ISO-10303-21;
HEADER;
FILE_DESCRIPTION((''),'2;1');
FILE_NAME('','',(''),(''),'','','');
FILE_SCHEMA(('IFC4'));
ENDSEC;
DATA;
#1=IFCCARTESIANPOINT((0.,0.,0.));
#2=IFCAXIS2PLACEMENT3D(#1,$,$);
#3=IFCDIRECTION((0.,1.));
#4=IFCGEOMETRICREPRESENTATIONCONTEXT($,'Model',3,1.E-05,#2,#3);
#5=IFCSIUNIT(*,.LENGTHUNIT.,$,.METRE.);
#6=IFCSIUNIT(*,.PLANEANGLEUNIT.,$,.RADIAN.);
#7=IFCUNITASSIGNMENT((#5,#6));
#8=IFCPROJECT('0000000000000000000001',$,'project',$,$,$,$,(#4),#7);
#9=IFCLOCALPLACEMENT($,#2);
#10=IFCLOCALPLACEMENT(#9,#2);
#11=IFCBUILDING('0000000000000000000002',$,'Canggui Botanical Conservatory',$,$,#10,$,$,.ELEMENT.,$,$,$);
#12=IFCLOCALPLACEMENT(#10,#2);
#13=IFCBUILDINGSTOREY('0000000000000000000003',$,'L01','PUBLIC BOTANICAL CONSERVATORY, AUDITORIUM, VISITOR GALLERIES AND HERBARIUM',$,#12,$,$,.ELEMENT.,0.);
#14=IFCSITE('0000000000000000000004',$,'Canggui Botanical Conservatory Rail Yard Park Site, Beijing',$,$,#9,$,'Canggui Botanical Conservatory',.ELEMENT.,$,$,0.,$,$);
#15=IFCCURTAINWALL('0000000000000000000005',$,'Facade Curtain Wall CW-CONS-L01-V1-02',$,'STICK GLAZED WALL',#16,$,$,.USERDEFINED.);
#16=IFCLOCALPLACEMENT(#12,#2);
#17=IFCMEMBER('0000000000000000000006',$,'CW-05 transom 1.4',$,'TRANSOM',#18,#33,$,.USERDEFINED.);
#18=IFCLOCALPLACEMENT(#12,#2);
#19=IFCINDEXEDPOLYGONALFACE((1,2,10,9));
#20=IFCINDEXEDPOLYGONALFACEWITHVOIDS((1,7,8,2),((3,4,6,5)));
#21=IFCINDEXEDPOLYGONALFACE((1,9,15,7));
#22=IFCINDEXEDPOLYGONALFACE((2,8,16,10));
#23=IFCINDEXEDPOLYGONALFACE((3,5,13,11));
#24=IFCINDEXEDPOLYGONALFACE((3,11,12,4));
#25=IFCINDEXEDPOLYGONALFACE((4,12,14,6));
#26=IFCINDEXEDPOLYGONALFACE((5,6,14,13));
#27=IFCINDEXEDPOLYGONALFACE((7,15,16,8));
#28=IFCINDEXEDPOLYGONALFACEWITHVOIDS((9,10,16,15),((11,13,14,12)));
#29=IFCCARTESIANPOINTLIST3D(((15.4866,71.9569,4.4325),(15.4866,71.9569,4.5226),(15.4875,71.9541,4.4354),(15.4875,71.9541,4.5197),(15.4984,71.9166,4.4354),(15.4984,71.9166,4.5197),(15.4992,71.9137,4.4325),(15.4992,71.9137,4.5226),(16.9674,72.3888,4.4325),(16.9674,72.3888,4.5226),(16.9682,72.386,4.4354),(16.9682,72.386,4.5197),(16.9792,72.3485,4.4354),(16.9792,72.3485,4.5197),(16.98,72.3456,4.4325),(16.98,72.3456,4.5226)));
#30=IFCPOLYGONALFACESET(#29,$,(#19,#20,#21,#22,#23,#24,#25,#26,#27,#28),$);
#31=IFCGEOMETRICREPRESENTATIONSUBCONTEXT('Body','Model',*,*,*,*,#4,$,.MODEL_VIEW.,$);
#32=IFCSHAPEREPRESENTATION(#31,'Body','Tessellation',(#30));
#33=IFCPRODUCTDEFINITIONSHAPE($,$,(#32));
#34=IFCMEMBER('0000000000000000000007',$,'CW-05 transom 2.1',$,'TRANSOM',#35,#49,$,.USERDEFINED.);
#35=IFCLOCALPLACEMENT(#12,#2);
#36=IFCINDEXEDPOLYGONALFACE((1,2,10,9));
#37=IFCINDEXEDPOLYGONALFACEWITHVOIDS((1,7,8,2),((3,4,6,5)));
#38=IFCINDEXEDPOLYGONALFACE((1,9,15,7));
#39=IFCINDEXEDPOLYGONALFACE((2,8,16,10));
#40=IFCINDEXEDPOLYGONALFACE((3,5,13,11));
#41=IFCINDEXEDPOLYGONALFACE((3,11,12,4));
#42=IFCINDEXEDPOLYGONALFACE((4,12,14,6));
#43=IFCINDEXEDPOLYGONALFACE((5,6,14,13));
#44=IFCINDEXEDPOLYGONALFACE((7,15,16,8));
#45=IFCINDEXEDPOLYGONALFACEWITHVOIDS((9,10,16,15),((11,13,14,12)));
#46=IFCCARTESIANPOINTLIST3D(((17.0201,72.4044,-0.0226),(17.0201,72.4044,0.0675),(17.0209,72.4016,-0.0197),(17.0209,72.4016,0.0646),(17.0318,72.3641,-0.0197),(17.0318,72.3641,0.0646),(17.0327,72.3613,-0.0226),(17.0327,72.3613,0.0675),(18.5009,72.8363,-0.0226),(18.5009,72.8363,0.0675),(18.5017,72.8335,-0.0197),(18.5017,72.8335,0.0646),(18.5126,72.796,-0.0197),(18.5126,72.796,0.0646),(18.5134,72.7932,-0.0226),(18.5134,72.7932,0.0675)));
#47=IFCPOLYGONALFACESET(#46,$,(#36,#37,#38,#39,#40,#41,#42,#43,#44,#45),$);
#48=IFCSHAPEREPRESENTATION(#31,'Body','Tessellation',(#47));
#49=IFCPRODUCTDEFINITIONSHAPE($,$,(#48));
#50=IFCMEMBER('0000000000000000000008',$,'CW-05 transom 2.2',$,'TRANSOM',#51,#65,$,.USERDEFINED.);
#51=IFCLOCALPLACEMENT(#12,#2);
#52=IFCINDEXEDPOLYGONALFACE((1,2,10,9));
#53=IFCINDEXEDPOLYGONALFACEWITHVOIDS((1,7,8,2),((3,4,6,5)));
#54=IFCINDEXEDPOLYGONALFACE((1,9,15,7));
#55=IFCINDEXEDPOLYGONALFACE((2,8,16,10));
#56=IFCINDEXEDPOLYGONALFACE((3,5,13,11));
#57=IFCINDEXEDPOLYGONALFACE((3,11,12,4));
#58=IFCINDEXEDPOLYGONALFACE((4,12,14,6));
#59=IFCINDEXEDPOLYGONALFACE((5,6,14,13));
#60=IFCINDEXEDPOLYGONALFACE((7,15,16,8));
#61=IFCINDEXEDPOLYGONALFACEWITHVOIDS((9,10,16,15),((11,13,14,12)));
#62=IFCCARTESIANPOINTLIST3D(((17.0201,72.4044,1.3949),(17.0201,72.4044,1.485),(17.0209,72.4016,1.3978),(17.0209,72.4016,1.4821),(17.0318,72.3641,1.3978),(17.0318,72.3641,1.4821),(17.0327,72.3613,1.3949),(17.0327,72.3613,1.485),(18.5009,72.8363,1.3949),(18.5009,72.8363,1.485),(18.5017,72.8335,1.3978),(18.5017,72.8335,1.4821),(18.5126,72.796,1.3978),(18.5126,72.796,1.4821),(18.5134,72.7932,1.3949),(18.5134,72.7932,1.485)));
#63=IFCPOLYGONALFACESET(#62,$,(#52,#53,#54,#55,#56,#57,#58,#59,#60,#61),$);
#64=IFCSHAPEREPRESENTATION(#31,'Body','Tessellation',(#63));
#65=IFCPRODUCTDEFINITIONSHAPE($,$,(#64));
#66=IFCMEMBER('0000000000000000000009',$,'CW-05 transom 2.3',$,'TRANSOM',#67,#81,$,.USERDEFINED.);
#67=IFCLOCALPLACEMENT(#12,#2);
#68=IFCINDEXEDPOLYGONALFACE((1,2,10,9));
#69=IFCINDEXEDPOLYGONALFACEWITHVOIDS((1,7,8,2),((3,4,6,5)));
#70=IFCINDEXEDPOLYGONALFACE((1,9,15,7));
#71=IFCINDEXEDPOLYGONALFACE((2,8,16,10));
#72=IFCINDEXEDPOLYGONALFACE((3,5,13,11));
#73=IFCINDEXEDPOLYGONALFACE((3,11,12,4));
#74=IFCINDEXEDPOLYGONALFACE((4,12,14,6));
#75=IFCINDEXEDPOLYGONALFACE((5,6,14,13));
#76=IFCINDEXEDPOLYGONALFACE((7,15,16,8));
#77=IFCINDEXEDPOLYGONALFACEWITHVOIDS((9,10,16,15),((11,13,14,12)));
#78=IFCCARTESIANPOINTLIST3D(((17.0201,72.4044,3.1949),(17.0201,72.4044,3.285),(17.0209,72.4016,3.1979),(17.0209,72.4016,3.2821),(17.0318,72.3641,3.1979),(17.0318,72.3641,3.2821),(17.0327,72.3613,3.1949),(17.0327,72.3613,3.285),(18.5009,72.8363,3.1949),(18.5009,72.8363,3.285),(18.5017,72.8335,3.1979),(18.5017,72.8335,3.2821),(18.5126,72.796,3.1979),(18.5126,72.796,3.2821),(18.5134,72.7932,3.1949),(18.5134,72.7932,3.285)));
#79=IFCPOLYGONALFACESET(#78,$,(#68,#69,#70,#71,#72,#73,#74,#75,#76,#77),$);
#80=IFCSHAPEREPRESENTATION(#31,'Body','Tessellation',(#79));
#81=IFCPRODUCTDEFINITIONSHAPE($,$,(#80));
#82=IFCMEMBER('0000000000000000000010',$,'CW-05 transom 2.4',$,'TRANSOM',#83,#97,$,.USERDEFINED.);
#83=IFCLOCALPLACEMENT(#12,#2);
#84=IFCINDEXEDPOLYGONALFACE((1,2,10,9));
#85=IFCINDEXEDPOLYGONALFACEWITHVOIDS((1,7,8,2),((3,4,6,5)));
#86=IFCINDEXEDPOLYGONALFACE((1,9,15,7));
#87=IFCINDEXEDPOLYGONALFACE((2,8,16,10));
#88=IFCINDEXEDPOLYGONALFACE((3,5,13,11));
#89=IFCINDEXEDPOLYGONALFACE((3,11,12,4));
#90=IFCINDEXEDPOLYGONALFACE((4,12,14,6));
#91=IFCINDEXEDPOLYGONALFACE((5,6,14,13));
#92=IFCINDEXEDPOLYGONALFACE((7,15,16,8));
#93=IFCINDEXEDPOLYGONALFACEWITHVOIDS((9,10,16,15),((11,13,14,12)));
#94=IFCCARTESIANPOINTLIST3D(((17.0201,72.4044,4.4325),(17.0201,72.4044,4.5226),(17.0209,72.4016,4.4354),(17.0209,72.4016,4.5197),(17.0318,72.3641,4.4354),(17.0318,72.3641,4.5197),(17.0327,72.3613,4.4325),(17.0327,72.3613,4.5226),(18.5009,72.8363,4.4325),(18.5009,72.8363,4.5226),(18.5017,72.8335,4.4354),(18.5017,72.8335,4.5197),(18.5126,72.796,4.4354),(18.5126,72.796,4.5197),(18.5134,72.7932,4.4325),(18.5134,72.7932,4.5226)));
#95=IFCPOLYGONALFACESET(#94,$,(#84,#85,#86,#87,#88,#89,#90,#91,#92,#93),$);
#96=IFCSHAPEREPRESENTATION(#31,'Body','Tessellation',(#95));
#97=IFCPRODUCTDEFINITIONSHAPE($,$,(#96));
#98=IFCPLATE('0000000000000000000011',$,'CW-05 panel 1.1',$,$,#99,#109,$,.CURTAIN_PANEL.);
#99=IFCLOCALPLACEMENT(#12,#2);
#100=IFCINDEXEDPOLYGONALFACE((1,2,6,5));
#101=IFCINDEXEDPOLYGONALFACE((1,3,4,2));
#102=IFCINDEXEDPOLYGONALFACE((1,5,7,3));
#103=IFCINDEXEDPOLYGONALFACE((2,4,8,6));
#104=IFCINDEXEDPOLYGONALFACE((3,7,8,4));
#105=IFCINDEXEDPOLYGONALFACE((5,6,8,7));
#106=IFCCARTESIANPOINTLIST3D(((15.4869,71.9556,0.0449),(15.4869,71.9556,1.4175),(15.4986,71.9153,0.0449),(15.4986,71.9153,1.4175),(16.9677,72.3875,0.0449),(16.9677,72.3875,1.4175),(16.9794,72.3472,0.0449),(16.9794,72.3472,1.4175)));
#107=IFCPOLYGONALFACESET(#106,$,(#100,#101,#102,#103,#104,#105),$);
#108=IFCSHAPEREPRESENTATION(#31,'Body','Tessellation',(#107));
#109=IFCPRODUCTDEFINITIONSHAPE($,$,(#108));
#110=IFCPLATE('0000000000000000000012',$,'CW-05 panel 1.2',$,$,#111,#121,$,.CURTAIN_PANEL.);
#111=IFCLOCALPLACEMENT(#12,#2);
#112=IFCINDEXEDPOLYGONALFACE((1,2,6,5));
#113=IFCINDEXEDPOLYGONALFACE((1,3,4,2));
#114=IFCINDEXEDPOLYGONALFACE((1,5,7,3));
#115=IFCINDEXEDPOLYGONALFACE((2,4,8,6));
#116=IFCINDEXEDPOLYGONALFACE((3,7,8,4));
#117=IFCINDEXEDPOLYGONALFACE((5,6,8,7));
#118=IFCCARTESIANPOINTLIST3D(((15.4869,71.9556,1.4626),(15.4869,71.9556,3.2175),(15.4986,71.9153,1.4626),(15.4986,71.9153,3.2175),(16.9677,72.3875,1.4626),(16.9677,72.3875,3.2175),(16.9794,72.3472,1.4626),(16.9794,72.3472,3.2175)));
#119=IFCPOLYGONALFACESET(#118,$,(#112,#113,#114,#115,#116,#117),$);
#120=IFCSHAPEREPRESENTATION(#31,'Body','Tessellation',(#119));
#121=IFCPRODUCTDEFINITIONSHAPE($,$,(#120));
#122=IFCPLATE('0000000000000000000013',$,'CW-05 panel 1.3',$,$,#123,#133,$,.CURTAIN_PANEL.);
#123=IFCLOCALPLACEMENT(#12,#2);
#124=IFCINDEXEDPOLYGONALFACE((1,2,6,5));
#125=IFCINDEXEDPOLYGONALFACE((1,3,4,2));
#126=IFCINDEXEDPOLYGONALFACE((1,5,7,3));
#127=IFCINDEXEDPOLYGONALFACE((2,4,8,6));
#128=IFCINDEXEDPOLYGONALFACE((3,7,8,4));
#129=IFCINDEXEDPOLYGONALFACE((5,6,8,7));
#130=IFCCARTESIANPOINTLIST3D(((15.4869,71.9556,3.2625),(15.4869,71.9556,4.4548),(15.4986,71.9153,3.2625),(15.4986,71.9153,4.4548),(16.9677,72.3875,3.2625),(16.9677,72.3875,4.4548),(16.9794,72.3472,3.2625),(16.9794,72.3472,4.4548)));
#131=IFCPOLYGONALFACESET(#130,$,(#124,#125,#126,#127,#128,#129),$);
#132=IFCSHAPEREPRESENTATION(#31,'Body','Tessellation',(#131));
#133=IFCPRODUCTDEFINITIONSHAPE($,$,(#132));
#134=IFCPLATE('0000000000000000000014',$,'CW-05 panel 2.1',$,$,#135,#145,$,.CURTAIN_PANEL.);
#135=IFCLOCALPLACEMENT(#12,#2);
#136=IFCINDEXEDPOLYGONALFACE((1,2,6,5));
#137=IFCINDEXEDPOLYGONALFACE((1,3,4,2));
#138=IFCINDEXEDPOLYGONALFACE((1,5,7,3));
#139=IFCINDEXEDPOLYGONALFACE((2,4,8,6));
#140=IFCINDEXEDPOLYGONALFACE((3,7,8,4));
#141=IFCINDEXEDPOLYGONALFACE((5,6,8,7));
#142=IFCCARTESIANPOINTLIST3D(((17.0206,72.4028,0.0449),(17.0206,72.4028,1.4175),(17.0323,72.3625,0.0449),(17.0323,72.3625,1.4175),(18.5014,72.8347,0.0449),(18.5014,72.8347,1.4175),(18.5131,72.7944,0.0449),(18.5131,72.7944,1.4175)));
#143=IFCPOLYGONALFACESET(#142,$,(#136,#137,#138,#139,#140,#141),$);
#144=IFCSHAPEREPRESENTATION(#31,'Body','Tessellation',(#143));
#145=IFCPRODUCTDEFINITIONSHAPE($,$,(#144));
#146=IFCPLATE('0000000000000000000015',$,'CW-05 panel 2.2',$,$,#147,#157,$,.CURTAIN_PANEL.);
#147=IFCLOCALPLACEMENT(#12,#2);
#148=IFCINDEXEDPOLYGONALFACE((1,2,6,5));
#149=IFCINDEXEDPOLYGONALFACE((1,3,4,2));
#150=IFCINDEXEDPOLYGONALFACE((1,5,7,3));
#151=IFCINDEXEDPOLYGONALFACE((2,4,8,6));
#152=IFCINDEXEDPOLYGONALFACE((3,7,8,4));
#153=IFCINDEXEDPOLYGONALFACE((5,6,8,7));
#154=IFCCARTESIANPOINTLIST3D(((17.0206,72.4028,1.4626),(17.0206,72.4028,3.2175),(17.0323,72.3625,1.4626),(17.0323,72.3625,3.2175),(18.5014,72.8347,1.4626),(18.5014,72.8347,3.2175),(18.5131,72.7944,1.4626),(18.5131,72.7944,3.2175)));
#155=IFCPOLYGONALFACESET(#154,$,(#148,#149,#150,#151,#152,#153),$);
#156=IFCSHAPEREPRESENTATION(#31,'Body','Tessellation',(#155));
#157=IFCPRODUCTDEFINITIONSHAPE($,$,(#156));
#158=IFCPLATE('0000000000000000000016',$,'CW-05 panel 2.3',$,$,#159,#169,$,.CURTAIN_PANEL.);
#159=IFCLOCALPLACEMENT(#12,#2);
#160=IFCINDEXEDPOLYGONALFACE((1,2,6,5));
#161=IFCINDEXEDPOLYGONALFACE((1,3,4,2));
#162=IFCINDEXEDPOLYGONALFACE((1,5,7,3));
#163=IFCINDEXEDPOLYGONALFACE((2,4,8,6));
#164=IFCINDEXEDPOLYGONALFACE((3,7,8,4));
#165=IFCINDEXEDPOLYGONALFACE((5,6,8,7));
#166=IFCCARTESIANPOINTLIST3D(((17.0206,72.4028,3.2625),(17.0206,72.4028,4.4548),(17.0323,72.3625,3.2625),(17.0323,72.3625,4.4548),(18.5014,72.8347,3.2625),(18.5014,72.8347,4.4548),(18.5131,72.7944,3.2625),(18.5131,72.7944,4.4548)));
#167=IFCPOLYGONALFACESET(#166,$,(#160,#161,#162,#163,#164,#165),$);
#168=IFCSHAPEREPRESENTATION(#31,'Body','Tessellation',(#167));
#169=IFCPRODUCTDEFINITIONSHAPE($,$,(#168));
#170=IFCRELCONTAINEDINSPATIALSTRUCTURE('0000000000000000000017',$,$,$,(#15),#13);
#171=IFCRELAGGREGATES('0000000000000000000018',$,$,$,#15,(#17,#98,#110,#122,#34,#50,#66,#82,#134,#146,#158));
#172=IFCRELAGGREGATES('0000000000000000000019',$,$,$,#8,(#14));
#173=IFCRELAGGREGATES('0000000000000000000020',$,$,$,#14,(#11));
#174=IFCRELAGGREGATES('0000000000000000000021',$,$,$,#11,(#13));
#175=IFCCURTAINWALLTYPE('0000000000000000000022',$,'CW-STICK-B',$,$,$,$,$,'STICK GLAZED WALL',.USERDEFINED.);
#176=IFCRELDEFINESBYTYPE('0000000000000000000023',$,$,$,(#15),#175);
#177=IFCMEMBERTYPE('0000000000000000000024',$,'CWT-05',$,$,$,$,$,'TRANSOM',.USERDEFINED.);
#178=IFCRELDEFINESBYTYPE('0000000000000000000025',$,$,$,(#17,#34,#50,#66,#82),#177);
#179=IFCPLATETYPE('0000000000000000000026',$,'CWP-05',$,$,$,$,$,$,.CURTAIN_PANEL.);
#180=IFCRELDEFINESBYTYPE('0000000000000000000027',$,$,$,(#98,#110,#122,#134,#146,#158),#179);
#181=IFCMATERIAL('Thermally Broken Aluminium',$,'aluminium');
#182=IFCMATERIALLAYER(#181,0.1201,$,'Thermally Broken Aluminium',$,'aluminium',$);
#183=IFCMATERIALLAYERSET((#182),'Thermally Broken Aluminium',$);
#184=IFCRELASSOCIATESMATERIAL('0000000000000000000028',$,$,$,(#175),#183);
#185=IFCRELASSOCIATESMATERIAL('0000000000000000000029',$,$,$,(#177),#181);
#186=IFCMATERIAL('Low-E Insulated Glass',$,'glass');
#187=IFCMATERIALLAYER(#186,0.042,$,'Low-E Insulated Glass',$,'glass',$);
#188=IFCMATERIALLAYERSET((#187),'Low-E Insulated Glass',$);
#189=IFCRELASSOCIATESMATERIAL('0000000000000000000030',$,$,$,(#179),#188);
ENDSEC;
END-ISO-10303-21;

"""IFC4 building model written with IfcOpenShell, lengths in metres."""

from ifc_helpers import new_model, si_unit, direction, frame, origin, origin_2d, place, context, subcontext, project, spatial, rectangle, hollow_rectangle, extrude, material, layer, layer_set, material_profile, profile_set, type_object, element, aggregate, save


model = new_model("IFC4")

# Units and contexts
model_context = context("Model", 3, precision=1e-05, world=origin(), true_north=direction((0.0, 1.0)))
body_context = subcontext(model_context, "Body", "Model", "MODEL_VIEW")
ifc_project = project(units=[si_unit("LENGTHUNIT", "METRE"), si_unit("PLANEANGLEUNIT", "RADIAN")], contexts=[model_context])

# Site, building, storey
site_placement = place(None, origin())
site = spatial("IfcSite", under=ifc_project, at=site_placement, Name="Canggui Botanical Conservatory Rail Yard Park Site, Beijing", LongName="Canggui Botanical Conservatory", CompositionType="ELEMENT", RefElevation=0.0)
building_placement = place(site_placement, origin())
building = spatial("IfcBuilding", under=site, at=building_placement, Name="Canggui Botanical Conservatory", CompositionType="ELEMENT")
storey_placement = place(building_placement, origin())
storey = spatial("IfcBuildingStorey", under=building, at=storey_placement, Name="L01", Description="PUBLIC BOTANICAL CONSERVATORY, AUDITORIUM, VISITOR GALLERIES AND HERBARIUM", CompositionType="ELEMENT", Elevation=0.0)

# Curtain wall, members, plates
ifc_material_1 = material(Name="Thermally Broken Aluminium", Category="aluminium")
ifc_layer_1 = layer(ifc_material_1, 0.1201, Name="Thermally Broken Aluminium", Category="aluminium")
ifc_layer_set_1 = layer_set([ifc_layer_1], Name="Thermally Broken Aluminium")
curtain_wall_type = type_object("IfcCurtainWallType", Name="CW-STICK-B", ElementType="STICK GLAZED WALL", PredefinedType="USERDEFINED", material=ifc_layer_set_1)
curtain_wall_placement = place(storey_placement, origin())
curtain_wall = element("IfcCurtainWall", 1, at=curtain_wall_placement, inside=storey, type_object=curtain_wall_type, Name="Facade Curtain Wall CW-CONS-L01-V1-02", ObjectType="STICK GLAZED WALL", PredefinedType="USERDEFINED")
ifc_material_profile_1 = material_profile(ifc_material_1, hollow_rectangle(XDim=0.0449, YDim=0.0901, WallThickness=0.0029, at=origin_2d()), Name="CWT 45x90x3")
ifc_profile_set_1 = profile_set([ifc_material_profile_1], Name="Thermally Broken Aluminium")
member_type_1 = type_object("IfcMemberType", Name="CWT-05", ElementType="TRANSOM", PredefinedType="USERDEFINED", material=ifc_profile_set_1)
member_1_placement = place(storey_placement, frame((15.4929, 71.9353, 4.4775), z_axis=(0.959998, 0.280006, 0.0), x_axis=(-0.280006, 0.959998, 0.0)))
member_1 = element("IfcMember", 2, at=member_1_placement, type_object=member_type_1, Name="CW-05 transom 1.4", ObjectType="TRANSOM", PredefinedType="USERDEFINED", context=body_context, shape_type="SweptSolid", body=[
    extrude(hollow_rectangle(XDim=0.0449, YDim=0.0901, WallThickness=0.0029, at=origin_2d()), origin(), (0.0, 0.0, 1.0), 1.5425),
])
member_2_placement = place(storey_placement, frame((17.0264, 72.3828, 0.0225), z_axis=(0.959998, 0.280006, 0.0), x_axis=(-0.280006, 0.959998, 0.0)))
member_2 = element("IfcMember", 3, at=member_2_placement, type_object=member_type_1, Name="CW-05 transom 2.1", ObjectType="TRANSOM", PredefinedType="USERDEFINED", context=body_context, shape_type="SweptSolid", body=[
    extrude(hollow_rectangle(XDim=0.0449, YDim=0.0901, WallThickness=0.0029, at=origin_2d()), origin(), (0.0, 0.0, 1.0), 1.5425),
])
member_3_placement = place(storey_placement, frame((17.0264, 72.3828, 1.4399), z_axis=(0.959998, 0.280006, 0.0), x_axis=(-0.280006, 0.959998, 0.0)))
member_3 = element("IfcMember", 4, at=member_3_placement, type_object=member_type_1, Name="CW-05 transom 2.2", ObjectType="TRANSOM", PredefinedType="USERDEFINED", context=body_context, shape_type="SweptSolid", body=[
    extrude(hollow_rectangle(XDim=0.0449, YDim=0.0901, WallThickness=0.0029, at=origin_2d()), origin(), (0.0, 0.0, 1.0), 1.5425),
])
member_4_placement = place(storey_placement, frame((17.0264, 72.3828, 3.24), z_axis=(0.959998, 0.280006, 0.0), x_axis=(-0.280006, 0.959998, 0.0)))
member_4 = element("IfcMember", 5, at=member_4_placement, type_object=member_type_1, Name="CW-05 transom 2.3", ObjectType="TRANSOM", PredefinedType="USERDEFINED", context=body_context, shape_type="SweptSolid", body=[
    extrude(hollow_rectangle(XDim=0.0449, YDim=0.0901, WallThickness=0.0029, at=origin_2d()), origin(), (0.0, 0.0, 1.0), 1.5425),
])
member_5_placement = place(storey_placement, frame((17.0264, 72.3828, 4.4775), z_axis=(0.959998, 0.280006, 0.0), x_axis=(-0.280006, 0.959998, 0.0)))
member_5 = element("IfcMember", 6, at=member_5_placement, type_object=member_type_1, Name="CW-05 transom 2.4", ObjectType="TRANSOM", PredefinedType="USERDEFINED", context=body_context, shape_type="SweptSolid", body=[
    extrude(hollow_rectangle(XDim=0.0449, YDim=0.0901, WallThickness=0.0029, at=origin_2d()), origin(), (0.0, 0.0, 1.0), 1.5425),
])
ifc_material_2 = material(Name="Low-E Insulated Glass", Category="glass")
ifc_layer_2 = layer(ifc_material_2, 0.042, Name="Low-E Insulated Glass", Category="glass")
ifc_layer_set_2 = layer_set([ifc_layer_2], Name="Low-E Insulated Glass")
plate_type = type_object("IfcPlateType", Name="CWP-05", PredefinedType="CURTAIN_PANEL", material=ifc_layer_set_2)
plate_1_placement = place(storey_placement, frame((16.2332, 72.1514, 0.0449), z_axis=(0.0, 0.0, 1.0), x_axis=(0.96, 0.28, 0.0)))
plate_1 = element("IfcPlate", 7, at=plate_1_placement, type_object=plate_type, Name="CW-05 panel 1.1", PredefinedType="CURTAIN_PANEL", context=body_context, shape_type="SweptSolid", body=[
    extrude(rectangle(XDim=1.5425, YDim=0.042, at=origin_2d()), origin(), (0.0, 0.0, 1.0), 1.3726),
])
plate_2_placement = place(storey_placement, frame((16.2332, 72.1514, 1.4626), z_axis=(0.0, 0.0, 1.0), x_axis=(0.96, 0.28, 0.0)))
plate_2 = element("IfcPlate", 8, at=plate_2_placement, type_object=plate_type, Name="CW-05 panel 1.2", PredefinedType="CURTAIN_PANEL", context=body_context, shape_type="SweptSolid", body=[
    extrude(rectangle(XDim=1.5425, YDim=0.042, at=origin_2d()), origin(), (0.0, 0.0, 1.0), 1.7549),
])
plate_3_placement = place(storey_placement, frame((16.2332, 72.1514, 3.2625), z_axis=(0.0, 0.0, 1.0), x_axis=(0.96, 0.28, 0.0)))
plate_3 = element("IfcPlate", 9, at=plate_3_placement, type_object=plate_type, Name="CW-05 panel 1.3", PredefinedType="CURTAIN_PANEL", context=body_context, shape_type="SweptSolid", body=[
    extrude(rectangle(XDim=1.5425, YDim=0.042, at=origin_2d()), origin(), (0.0, 0.0, 1.0), 1.1924),
])
plate_4_placement = place(storey_placement, frame((17.7668, 72.5986, 0.0449), z_axis=(0.0, 0.0, 1.0), x_axis=(0.96, 0.28, 0.0)))
plate_4 = element("IfcPlate", 10, at=plate_4_placement, type_object=plate_type, Name="CW-05 panel 2.1", PredefinedType="CURTAIN_PANEL", context=body_context, shape_type="SweptSolid", body=[
    extrude(rectangle(XDim=1.5425, YDim=0.042, at=origin_2d()), origin(), (0.0, 0.0, 1.0), 1.3726),
])
plate_5_placement = place(storey_placement, frame((17.7668, 72.5986, 1.4626), z_axis=(0.0, 0.0, 1.0), x_axis=(0.96, 0.28, 0.0)))
plate_5 = element("IfcPlate", 11, at=plate_5_placement, type_object=plate_type, Name="CW-05 panel 2.2", PredefinedType="CURTAIN_PANEL", context=body_context, shape_type="SweptSolid", body=[
    extrude(rectangle(XDim=1.5425, YDim=0.042, at=origin_2d()), origin(), (0.0, 0.0, 1.0), 1.7549),
])
plate_6_placement = place(storey_placement, frame((17.7668, 72.5986, 3.2625), z_axis=(0.0, 0.0, 1.0), x_axis=(0.96, 0.28, 0.0)))
plate_6 = element("IfcPlate", 12, at=plate_6_placement, type_object=plate_type, Name="CW-05 panel 2.3", PredefinedType="CURTAIN_PANEL", context=body_context, shape_type="SweptSolid", body=[
    extrude(rectangle(XDim=1.5425, YDim=0.042, at=origin_2d()), origin(), (0.0, 0.0, 1.0), 1.1924),
])
aggregate(curtain_wall, [member_1, plate_1, plate_2, plate_3, member_2, member_3, member_4, member_5, plate_4, plate_5, plate_6])

save(model, "model.ifc")
